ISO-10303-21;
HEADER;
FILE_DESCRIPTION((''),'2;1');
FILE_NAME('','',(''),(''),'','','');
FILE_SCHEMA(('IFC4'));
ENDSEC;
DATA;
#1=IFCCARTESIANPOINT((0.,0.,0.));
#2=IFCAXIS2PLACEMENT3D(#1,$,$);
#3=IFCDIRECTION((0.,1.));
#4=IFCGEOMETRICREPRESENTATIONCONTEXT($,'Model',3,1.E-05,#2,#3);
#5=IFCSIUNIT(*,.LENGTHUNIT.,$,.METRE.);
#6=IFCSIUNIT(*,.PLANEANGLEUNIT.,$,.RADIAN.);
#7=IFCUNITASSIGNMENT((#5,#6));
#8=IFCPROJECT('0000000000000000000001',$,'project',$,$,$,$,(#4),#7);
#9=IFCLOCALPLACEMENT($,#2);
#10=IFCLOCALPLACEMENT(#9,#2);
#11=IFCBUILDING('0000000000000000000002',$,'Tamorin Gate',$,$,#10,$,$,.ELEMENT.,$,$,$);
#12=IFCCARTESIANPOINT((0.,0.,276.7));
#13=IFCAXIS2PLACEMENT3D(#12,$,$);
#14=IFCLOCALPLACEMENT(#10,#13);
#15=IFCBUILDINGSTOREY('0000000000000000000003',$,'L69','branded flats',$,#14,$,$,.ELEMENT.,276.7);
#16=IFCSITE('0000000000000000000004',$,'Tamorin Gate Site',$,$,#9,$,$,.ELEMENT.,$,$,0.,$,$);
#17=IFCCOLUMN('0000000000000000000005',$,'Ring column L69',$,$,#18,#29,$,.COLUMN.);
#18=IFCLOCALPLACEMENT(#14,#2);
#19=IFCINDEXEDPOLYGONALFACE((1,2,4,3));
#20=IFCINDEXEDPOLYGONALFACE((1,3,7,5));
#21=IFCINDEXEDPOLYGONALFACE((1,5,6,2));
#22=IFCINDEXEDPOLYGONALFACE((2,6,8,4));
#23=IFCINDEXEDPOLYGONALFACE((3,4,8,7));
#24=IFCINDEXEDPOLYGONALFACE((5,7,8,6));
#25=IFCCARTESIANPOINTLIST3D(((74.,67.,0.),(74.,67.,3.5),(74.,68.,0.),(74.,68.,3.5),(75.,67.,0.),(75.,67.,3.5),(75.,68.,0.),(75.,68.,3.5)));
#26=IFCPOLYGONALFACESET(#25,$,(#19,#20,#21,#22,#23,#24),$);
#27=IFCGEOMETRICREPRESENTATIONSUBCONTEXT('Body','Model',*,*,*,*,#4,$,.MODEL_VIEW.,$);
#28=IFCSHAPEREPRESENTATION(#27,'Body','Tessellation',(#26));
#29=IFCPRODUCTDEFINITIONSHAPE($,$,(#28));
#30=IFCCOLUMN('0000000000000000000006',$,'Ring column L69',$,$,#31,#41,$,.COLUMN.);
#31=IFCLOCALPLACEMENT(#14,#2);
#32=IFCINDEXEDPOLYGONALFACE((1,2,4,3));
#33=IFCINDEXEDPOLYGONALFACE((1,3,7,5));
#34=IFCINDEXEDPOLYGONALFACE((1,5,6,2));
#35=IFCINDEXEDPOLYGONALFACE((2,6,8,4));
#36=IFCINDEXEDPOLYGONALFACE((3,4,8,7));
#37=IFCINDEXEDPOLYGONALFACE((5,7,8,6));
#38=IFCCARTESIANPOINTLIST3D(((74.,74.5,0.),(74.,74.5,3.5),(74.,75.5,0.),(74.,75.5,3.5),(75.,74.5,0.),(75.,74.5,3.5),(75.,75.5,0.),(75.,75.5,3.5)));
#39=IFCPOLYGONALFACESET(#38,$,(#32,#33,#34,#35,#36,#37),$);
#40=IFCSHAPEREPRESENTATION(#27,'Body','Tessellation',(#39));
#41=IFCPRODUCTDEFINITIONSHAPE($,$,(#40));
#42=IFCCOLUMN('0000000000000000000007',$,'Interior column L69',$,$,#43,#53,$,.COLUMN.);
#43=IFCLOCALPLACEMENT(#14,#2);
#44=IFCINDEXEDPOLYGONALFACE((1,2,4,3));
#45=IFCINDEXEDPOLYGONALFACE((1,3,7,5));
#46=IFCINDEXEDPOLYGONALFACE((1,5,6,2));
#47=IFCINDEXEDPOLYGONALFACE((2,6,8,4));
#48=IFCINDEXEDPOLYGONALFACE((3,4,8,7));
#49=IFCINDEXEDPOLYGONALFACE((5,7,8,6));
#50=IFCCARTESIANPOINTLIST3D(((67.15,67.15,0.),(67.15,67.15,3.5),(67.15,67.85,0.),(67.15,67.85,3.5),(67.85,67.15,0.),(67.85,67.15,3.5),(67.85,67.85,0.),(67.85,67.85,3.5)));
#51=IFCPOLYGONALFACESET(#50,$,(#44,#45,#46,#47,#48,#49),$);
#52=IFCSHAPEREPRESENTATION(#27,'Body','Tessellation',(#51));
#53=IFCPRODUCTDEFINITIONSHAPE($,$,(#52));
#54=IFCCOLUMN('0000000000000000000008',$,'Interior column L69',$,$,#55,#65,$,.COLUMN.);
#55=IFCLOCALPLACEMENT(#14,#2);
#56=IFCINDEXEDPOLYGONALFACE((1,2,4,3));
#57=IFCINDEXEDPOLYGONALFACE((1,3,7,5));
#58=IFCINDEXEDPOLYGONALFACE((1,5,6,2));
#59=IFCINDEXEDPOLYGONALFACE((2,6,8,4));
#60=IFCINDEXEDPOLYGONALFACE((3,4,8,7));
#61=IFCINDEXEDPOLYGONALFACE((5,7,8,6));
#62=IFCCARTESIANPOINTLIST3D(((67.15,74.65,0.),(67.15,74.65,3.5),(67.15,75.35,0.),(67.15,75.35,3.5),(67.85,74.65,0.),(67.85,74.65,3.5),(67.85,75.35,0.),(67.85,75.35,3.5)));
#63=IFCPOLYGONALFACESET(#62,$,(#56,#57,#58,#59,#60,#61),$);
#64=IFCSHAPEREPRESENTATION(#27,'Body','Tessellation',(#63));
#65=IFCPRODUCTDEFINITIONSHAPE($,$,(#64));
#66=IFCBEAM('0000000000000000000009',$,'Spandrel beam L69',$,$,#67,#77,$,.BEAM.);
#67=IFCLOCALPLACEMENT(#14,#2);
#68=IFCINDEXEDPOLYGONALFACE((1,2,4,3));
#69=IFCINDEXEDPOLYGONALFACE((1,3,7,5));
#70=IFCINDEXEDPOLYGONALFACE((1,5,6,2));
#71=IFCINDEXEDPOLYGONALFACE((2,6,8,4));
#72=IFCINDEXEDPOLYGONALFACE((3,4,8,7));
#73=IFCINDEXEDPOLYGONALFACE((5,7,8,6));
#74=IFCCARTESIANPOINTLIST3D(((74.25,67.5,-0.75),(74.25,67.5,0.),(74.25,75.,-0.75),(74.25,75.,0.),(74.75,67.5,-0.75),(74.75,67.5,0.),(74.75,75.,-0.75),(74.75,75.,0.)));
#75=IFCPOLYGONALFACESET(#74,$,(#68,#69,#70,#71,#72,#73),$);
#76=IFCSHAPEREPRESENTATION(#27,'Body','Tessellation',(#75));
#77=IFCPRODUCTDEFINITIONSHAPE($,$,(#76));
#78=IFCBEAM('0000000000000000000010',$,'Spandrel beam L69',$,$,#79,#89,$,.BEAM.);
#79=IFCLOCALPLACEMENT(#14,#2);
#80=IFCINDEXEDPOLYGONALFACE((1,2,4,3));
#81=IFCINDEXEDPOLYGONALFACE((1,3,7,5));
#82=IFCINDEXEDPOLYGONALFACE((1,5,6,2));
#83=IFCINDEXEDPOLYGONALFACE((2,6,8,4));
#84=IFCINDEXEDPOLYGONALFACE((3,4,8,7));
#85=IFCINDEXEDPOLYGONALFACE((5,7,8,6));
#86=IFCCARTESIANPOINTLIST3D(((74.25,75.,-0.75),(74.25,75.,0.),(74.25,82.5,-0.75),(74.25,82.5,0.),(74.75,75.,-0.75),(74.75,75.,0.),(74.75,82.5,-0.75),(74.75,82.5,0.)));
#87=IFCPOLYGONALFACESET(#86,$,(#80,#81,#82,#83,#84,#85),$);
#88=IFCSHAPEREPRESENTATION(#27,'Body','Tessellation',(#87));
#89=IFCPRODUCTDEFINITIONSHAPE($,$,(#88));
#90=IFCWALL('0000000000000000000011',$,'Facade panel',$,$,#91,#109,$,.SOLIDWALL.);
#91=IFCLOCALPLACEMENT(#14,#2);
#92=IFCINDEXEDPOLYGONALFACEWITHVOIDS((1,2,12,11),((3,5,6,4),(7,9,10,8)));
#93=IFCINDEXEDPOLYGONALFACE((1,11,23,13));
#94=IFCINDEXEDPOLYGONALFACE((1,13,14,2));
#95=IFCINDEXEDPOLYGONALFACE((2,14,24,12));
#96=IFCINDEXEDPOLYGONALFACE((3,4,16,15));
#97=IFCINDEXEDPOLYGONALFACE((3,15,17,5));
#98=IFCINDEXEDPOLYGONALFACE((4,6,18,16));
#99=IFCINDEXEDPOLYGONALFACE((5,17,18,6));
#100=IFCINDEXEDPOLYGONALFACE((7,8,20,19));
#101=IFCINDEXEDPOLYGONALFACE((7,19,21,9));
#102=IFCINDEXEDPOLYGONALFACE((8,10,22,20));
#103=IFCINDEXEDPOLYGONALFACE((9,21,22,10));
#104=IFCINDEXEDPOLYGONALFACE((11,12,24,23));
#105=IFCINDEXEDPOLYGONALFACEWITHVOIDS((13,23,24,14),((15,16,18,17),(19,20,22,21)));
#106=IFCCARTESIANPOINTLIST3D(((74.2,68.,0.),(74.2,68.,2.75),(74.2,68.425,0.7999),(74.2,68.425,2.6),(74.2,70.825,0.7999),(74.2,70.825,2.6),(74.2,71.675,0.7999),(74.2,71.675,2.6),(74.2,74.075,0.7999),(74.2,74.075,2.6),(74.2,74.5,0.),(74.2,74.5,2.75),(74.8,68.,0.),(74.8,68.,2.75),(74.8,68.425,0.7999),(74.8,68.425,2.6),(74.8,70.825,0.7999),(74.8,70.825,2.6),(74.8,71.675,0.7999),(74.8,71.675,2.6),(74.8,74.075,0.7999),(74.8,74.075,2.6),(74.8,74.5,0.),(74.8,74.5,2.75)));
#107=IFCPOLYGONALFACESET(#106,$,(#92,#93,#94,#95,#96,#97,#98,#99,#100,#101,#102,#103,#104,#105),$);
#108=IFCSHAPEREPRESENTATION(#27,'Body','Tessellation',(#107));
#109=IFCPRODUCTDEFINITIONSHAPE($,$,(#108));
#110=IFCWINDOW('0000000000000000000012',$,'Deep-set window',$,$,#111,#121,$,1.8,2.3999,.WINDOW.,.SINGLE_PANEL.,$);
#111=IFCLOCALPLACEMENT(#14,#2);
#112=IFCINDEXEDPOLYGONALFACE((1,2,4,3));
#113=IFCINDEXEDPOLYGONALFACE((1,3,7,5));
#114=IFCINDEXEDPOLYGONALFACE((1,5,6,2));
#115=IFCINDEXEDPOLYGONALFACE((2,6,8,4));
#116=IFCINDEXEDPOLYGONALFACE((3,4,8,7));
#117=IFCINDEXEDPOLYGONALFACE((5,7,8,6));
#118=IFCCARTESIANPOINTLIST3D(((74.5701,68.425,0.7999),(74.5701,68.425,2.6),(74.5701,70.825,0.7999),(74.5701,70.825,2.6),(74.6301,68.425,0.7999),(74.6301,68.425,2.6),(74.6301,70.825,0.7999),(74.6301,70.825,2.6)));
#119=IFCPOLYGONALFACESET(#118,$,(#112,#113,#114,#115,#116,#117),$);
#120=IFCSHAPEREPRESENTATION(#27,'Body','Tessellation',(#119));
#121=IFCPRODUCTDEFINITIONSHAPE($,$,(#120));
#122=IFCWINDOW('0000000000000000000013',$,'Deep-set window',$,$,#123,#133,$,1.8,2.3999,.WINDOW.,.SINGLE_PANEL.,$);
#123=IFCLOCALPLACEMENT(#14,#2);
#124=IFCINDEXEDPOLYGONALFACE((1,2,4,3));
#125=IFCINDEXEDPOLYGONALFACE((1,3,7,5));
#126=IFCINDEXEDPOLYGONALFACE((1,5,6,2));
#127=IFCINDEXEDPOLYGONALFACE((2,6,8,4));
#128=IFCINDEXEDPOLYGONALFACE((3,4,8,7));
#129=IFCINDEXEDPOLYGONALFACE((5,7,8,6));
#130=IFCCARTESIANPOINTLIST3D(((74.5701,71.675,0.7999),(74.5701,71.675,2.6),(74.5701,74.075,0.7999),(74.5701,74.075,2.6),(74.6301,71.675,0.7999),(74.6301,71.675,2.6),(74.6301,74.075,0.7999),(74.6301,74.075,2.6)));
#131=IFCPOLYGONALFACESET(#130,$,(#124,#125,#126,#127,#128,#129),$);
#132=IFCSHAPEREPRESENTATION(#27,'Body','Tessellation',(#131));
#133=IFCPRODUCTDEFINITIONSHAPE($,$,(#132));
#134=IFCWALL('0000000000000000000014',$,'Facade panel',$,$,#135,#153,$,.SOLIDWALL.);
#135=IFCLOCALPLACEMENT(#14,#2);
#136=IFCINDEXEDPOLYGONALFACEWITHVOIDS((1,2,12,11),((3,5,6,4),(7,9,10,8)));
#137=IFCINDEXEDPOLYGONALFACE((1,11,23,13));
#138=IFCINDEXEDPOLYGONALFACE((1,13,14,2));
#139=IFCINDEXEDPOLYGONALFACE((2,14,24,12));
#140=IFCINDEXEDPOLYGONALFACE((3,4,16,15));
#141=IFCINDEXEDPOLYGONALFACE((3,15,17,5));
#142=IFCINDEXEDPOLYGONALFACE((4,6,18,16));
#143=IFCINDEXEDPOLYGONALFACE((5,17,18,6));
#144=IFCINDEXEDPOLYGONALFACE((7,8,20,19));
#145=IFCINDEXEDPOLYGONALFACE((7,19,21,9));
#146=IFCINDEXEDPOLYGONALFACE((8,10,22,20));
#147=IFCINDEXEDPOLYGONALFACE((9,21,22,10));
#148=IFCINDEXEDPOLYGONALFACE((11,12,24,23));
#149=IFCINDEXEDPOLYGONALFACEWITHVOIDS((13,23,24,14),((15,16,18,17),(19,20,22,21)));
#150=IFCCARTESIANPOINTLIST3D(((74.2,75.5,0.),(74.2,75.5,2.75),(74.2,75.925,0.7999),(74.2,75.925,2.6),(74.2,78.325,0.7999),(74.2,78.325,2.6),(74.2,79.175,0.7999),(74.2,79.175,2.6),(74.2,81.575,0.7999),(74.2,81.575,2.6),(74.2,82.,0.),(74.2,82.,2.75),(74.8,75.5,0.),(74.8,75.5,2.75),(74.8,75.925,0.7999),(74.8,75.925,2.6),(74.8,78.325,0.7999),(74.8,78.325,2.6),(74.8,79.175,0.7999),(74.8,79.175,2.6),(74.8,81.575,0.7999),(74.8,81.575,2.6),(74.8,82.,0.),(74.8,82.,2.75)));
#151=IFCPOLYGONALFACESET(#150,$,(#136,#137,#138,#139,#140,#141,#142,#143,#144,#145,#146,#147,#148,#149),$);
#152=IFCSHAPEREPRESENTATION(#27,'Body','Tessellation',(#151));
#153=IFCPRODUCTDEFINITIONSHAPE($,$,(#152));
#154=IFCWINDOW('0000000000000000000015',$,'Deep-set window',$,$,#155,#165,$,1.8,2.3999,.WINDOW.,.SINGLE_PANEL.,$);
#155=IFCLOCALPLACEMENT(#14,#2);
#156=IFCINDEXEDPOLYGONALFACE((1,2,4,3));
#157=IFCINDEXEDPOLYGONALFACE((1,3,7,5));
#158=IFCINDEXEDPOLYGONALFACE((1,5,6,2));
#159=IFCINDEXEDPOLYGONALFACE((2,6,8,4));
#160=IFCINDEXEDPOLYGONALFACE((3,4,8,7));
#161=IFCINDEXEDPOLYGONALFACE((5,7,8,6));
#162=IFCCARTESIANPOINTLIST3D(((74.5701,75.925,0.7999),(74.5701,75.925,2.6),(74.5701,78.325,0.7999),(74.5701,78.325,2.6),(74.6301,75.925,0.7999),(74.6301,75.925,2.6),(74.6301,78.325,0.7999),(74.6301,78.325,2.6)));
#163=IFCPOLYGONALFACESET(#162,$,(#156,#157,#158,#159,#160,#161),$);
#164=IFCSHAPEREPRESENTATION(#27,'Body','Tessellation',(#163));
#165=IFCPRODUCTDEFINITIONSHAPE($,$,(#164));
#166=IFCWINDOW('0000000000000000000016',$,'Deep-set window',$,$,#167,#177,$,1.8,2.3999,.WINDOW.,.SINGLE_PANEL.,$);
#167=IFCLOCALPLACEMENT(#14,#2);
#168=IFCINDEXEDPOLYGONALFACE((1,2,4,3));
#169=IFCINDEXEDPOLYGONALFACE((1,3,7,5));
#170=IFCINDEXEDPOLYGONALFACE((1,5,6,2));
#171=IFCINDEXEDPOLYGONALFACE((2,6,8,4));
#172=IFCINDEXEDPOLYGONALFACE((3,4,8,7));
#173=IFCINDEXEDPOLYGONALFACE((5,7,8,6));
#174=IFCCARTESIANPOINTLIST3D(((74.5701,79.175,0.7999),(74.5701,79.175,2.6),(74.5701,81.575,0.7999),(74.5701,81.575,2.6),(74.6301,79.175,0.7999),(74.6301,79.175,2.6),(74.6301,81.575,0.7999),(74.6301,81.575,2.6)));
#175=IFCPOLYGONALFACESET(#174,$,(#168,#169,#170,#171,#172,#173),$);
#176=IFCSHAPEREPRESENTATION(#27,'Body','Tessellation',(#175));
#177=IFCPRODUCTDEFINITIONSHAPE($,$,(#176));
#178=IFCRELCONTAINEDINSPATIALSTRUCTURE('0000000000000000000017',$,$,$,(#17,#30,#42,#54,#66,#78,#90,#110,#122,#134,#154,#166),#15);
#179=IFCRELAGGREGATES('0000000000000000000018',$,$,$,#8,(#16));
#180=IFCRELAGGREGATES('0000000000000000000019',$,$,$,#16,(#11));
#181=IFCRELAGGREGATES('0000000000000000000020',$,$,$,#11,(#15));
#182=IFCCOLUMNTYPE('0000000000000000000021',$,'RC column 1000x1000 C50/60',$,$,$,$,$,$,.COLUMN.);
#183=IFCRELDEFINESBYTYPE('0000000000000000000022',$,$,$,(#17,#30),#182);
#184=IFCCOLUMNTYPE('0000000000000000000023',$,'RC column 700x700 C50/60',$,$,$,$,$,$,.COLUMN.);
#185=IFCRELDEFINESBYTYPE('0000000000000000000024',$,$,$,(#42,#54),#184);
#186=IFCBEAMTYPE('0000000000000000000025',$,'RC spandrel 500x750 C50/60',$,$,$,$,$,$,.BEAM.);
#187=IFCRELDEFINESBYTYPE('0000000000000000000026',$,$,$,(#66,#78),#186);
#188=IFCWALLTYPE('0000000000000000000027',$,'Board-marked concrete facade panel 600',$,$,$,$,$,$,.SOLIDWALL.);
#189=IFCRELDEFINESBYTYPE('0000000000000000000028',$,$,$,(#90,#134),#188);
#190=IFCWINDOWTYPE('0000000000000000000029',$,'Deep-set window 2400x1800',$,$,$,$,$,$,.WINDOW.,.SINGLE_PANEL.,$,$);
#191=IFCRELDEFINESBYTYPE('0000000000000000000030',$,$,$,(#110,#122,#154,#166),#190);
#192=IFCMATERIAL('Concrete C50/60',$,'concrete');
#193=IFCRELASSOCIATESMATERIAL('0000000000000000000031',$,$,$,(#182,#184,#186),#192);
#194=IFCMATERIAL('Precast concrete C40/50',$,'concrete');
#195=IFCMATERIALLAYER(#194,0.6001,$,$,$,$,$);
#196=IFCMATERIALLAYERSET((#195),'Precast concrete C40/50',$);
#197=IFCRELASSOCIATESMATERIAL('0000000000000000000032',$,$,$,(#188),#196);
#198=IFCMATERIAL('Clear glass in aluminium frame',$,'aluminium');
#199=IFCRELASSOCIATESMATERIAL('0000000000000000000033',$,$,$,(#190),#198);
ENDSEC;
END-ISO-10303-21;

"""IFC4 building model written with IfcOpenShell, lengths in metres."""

from ifc_helpers import new_model, si_unit, direction, frame, frame_2d, origin, origin_2d, place, context, subcontext, project, spatial, rectangle, extrude, material, layer, layer_set, material_profile, profile_set, type_object, element, fill, save


model = new_model("IFC4")

# Units and contexts
model_context = context("Model", 3, precision=1e-05, world=origin(), true_north=direction((0.0, 1.0)))
body_context = subcontext(model_context, "Body", "Model", "MODEL_VIEW")
ifc_project = project(units=[si_unit("LENGTHUNIT", "METRE"), si_unit("PLANEANGLEUNIT", "RADIAN")], contexts=[model_context])

# Site, building, storey
site_placement = place(None, origin())
site = spatial("IfcSite", under=ifc_project, at=site_placement, Name="Tamorin Gate Site", CompositionType="ELEMENT", RefElevation=0.0)
building_placement = place(site_placement, origin())
building = spatial("IfcBuilding", under=site, at=building_placement, Name="Tamorin Gate", CompositionType="ELEMENT")
storey_placement = place(building_placement, frame((0.0, 0.0, 276.7)))
storey = spatial("IfcBuildingStorey", under=building, at=storey_placement, Name="L69", Description="branded flats", CompositionType="ELEMENT", Elevation=276.7)

# Columns
ifc_material_1 = material(Name="Concrete C50/60", Category="concrete")
ifc_material_profile_1 = material_profile(ifc_material_1, rectangle(XDim=1.0, YDim=1.0, at=origin_2d()), Name="RC 1000x1000")
ifc_profile_set_1 = profile_set([ifc_material_profile_1], Name="Concrete C50/60")
column_type_1 = type_object("IfcColumnType", Name="RC column 1000x1000 C50/60", PredefinedType="COLUMN", material=ifc_profile_set_1)
for number, where, z_axis, x_axis, name in (
    (1, (74.5, 67.5, 0.0), (0.0, 0.0, 1.0), (1.0, 0.0, 0.0), "Ring column L69"),
    (2, (74.5, 75.0, 0.0), (0.0, 0.0, 1.0), (1.0, 0.0, 0.0), "Ring column L69"),
):
    element("IfcColumn", number, at=place(storey_placement, frame(where, z_axis=z_axis, x_axis=x_axis)), inside=storey, type_object=column_type_1, Name=name, PredefinedType="COLUMN", context=body_context, shape_type="SweptSolid", body=[
        extrude(rectangle(XDim=1.0, YDim=1.0, at=origin_2d()), origin(), (0.0, 0.0, 1.0), 3.5),
    ])
ifc_material_profile_2 = material_profile(ifc_material_1, rectangle(XDim=0.7, YDim=0.7, at=origin_2d()), Name="RC 700x700")
ifc_profile_set_2 = profile_set([ifc_material_profile_2], Name="Concrete C50/60")
column_type_2 = type_object("IfcColumnType", Name="RC column 700x700 C50/60", PredefinedType="COLUMN", material=ifc_profile_set_2)
for number, where, z_axis, x_axis, name in (
    (3, (67.5, 67.5, 0.0), (0.0, 0.0, 1.0), (1.0, 0.0, 0.0), "Interior column L69"),
    (4, (67.5, 75.0, 0.0), (0.0, 0.0, 1.0), (1.0, 0.0, 0.0), "Interior column L69"),
):
    element("IfcColumn", number, at=place(storey_placement, frame(where, z_axis=z_axis, x_axis=x_axis)), inside=storey, type_object=column_type_2, Name=name, PredefinedType="COLUMN", context=body_context, shape_type="SweptSolid", body=[
        extrude(rectangle(XDim=0.7, YDim=0.7, at=origin_2d()), origin(), (0.0, 0.0, 1.0), 3.5),
    ])

# Beams
ifc_material_profile_3 = material_profile(ifc_material_1, rectangle(XDim=0.5, YDim=0.75, at=origin_2d()), Name="RC 500x750")
ifc_profile_set_3 = profile_set([ifc_material_profile_3], Name="Concrete C50/60")
beam_type = type_object("IfcBeamType", Name="RC spandrel 500x750 C50/60", PredefinedType="BEAM", material=ifc_profile_set_3)
for number, where, z_axis, x_axis, name in (
    (5, (74.5, 67.5, -0.375), (0.0, 1.0, 0.0), (-1.0, 0.0, 0.0), "Spandrel beam L69"),
    (6, (74.5, 75.0, -0.375), (0.0, 1.0, 0.0), (-1.0, 0.0, 0.0), "Spandrel beam L69"),
):
    element("IfcBeam", number, at=place(storey_placement, frame(where, z_axis=z_axis, x_axis=x_axis)), inside=storey, type_object=beam_type, Name=name, PredefinedType="BEAM", context=body_context, shape_type="SweptSolid", body=[
        extrude(rectangle(XDim=0.5, YDim=0.75, at=origin_2d()), origin(), (0.0, 0.0, 1.0), 7.5),
    ])

# Walls, openings, windows
ifc_material_2 = material(Name="Precast concrete C40/50", Category="concrete")
ifc_layer_1 = layer(ifc_material_2, 0.6001)
ifc_layer_set_1 = layer_set([ifc_layer_1], Name="Precast concrete C40/50")
wall_type_1 = type_object("IfcWallType", Name="Board-marked concrete facade panel 600", PredefinedType="SOLIDWALL", material=ifc_layer_set_1)
wall_1_placement = place(storey_placement, frame((74.5, 68.0, 0.0), z_axis=(0.0, 0.0, 1.0), x_axis=(0.0, 1.0, 0.0)))
wall_1 = element("IfcWall", 7, at=wall_1_placement, inside=storey, type_object=wall_type_1, Name="Facade panel", PredefinedType="SOLIDWALL", context=body_context, shape_type="SweptSolid", body=[
    extrude(rectangle(XDim=6.5, YDim=0.6001, at=frame_2d((3.25, 0.0))), origin(), (0.0, 0.0, 1.0), 2.75),
])
opening_1_placement = place(wall_1_placement, frame((0.425, 0.0, 0.8)))
opening_1 = element("IfcOpeningElement", 8, at=opening_1_placement, cuts=wall_1, PredefinedType="OPENING", context=body_context, shape_type="SweptSolid", body=[
    extrude(rectangle(XDim=2.3999, YDim=1.8, at=frame_2d((1.2, 0.8999))), frame((0.0, 0.3101, 0.0), z_axis=(0.0, -1.0, 0.0), x_axis=(1.0, 0.0, 0.0)), (0.0, 0.0, 1.0), 0.6201),
])
opening_2_placement = place(wall_1_placement, frame((3.675, 0.0, 0.8)))
opening_2 = element("IfcOpeningElement", 9, at=opening_2_placement, cuts=wall_1, PredefinedType="OPENING", context=body_context, shape_type="SweptSolid", body=[
    extrude(rectangle(XDim=2.3999, YDim=1.8, at=frame_2d((1.2, 0.8999))), frame((0.0, 0.3101, 0.0), z_axis=(0.0, -1.0, 0.0), x_axis=(1.0, 0.0, 0.0)), (0.0, 0.0, 1.0), 0.6201),
])
ifc_material_3 = material(Name="Clear glass in aluminium frame", Category="aluminium")
window_type = type_object("IfcWindowType", Name="Deep-set window 2400x1800", PartitioningType="SINGLE_PANEL", PredefinedType="WINDOW", material=ifc_material_3)
window_1_placement = place(opening_1_placement, origin())
window_1 = element("IfcWindow", 10, at=window_1_placement, inside=storey, type_object=window_type, Name="Deep-set window", OverallHeight=1.8, OverallWidth=2.3999, PartitioningType="SINGLE_PANEL", PredefinedType="WINDOW", context=body_context, shape_type="SweptSolid", body=[
    extrude(rectangle(XDim=2.3999, YDim=1.8, at=frame_2d((1.2, 0.8999))), frame((0.0, -0.0701, 0.0), z_axis=(0.0, -1.0, 0.0), x_axis=(1.0, 0.0, 0.0)), (0.0, 0.0, 1.0), 0.0601),
])
fill(opening_1, window_1)
window_2_placement = place(opening_2_placement, origin())
window_2 = element("IfcWindow", 11, at=window_2_placement, inside=storey, type_object=window_type, Name="Deep-set window", OverallHeight=1.8, OverallWidth=2.3999, PartitioningType="SINGLE_PANEL", PredefinedType="WINDOW", context=body_context, shape_type="SweptSolid", body=[
    extrude(rectangle(XDim=2.3999, YDim=1.8, at=frame_2d((1.2, 0.8999))), frame((0.0, -0.0701, 0.0), z_axis=(0.0, -1.0, 0.0), x_axis=(1.0, 0.0, 0.0)), (0.0, 0.0, 1.0), 0.0601),
])
fill(opening_2, window_2)
wall_2_placement = place(storey_placement, frame((74.5, 75.5, 0.0), z_axis=(0.0, 0.0, 1.0), x_axis=(0.0, 1.0, 0.0)))
wall_2 = element("IfcWall", 12, at=wall_2_placement, inside=storey, type_object=wall_type_1, Name="Facade panel", PredefinedType="SOLIDWALL", context=body_context, shape_type="SweptSolid", body=[
    extrude(rectangle(XDim=6.5, YDim=0.6001, at=frame_2d((3.25, 0.0))), origin(), (0.0, 0.0, 1.0), 2.75),
])
opening_3_placement = place(wall_2_placement, frame((0.425, 0.0, 0.8)))
opening_3 = element("IfcOpeningElement", 13, at=opening_3_placement, cuts=wall_2, PredefinedType="OPENING", context=body_context, shape_type="SweptSolid", body=[
    extrude(rectangle(XDim=2.3999, YDim=1.8, at=frame_2d((1.2, 0.8999))), frame((0.0, 0.3101, 0.0), z_axis=(0.0, -1.0, 0.0), x_axis=(1.0, 0.0, 0.0)), (0.0, 0.0, 1.0), 0.6201),
])
opening_4_placement = place(wall_2_placement, frame((3.675, 0.0, 0.8)))
opening_4 = element("IfcOpeningElement", 14, at=opening_4_placement, cuts=wall_2, PredefinedType="OPENING", context=body_context, shape_type="SweptSolid", body=[
    extrude(rectangle(XDim=2.3999, YDim=1.8, at=frame_2d((1.2, 0.8999))), frame((0.0, 0.3101, 0.0), z_axis=(0.0, -1.0, 0.0), x_axis=(1.0, 0.0, 0.0)), (0.0, 0.0, 1.0), 0.6201),
])
window_3_placement = place(opening_3_placement, origin())
window_3 = element("IfcWindow", 15, at=window_3_placement, inside=storey, type_object=window_type, Name="Deep-set window", OverallHeight=1.8, OverallWidth=2.3999, PartitioningType="SINGLE_PANEL", PredefinedType="WINDOW", context=body_context, shape_type="SweptSolid", body=[
    extrude(rectangle(XDim=2.3999, YDim=1.8, at=frame_2d((1.2, 0.8999))), frame((0.0, -0.0701, 0.0), z_axis=(0.0, -1.0, 0.0), x_axis=(1.0, 0.0, 0.0)), (0.0, 0.0, 1.0), 0.0601),
])
fill(opening_3, window_3)
window_4_placement = place(opening_4_placement, origin())
window_4 = element("IfcWindow", 16, at=window_4_placement, inside=storey, type_object=window_type, Name="Deep-set window", OverallHeight=1.8, OverallWidth=2.3999, PartitioningType="SINGLE_PANEL", PredefinedType="WINDOW", context=body_context, shape_type="SweptSolid", body=[
    extrude(rectangle(XDim=2.3999, YDim=1.8, at=frame_2d((1.2, 0.8999))), frame((0.0, -0.0701, 0.0), z_axis=(0.0, -1.0, 0.0), x_axis=(1.0, 0.0, 0.0)), (0.0, 0.0, 1.0), 0.0601),
])
fill(opening_4, window_4)

save(model, "model.ifc")
